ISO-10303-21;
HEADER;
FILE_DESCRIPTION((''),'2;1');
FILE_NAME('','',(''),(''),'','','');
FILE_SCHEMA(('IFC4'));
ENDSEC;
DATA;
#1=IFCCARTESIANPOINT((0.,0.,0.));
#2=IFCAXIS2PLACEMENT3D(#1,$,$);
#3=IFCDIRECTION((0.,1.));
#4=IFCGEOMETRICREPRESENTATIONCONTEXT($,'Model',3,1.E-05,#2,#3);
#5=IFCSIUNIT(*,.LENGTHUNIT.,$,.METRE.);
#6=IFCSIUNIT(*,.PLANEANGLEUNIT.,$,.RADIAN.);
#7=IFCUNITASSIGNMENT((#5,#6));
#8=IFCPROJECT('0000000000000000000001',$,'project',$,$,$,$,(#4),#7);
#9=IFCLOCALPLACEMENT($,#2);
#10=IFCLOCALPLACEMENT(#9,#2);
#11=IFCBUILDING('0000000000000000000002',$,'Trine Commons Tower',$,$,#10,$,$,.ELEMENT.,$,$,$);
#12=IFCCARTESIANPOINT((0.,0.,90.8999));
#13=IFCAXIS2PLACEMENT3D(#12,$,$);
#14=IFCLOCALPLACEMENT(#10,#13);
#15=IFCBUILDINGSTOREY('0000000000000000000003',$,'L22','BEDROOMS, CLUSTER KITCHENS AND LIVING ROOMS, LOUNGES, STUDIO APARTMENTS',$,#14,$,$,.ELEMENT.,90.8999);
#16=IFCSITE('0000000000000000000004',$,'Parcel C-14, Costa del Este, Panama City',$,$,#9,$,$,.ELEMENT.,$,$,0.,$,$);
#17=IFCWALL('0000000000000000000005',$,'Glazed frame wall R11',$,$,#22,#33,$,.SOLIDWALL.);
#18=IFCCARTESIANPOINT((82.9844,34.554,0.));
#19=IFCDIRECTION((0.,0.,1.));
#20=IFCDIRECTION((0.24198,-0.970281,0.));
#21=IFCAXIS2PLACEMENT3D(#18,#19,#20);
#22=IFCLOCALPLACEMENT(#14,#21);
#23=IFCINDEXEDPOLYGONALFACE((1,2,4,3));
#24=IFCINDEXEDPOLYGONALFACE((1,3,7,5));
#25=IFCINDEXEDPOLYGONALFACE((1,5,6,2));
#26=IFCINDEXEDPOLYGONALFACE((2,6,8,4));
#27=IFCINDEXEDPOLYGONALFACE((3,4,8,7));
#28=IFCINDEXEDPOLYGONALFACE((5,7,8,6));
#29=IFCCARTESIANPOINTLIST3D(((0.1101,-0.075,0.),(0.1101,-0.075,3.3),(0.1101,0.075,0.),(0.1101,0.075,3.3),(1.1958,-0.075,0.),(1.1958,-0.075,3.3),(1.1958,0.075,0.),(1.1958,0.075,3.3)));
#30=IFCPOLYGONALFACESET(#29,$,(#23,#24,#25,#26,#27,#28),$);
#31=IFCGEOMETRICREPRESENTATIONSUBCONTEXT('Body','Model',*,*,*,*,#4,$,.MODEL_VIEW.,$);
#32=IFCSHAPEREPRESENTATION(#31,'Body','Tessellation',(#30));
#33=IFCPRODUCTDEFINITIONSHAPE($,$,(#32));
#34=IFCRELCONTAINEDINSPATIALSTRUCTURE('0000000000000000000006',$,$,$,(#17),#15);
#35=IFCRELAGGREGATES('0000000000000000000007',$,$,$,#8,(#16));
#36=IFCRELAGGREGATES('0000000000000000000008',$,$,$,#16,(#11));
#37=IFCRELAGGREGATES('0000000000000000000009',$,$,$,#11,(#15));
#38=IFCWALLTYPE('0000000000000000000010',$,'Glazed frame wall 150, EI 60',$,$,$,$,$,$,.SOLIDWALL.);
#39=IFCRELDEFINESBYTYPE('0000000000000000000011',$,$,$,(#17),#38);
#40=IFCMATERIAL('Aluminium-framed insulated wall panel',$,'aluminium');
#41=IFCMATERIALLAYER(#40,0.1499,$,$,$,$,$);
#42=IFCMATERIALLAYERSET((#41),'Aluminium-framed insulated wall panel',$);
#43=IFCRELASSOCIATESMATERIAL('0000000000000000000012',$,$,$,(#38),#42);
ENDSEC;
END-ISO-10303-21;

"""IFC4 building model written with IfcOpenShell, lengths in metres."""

from ifc_helpers import new_model, si_unit, direction, frame, origin, place, context, subcontext, project, spatial, polyline, outline, extrude, material, layer, layer_set, type_object, element, save


model = new_model("IFC4")

# Units and contexts
model_context = context("Model", 3, precision=1e-05, world=origin(), true_north=direction((0.0, 1.0)))
body_context = subcontext(model_context, "Body", "Model", "MODEL_VIEW")
ifc_project = project(units=[si_unit("LENGTHUNIT", "METRE"), si_unit("PLANEANGLEUNIT", "RADIAN")], contexts=[model_context])

# Site, building, storey
site_placement = place(None, origin())
site = spatial("IfcSite", under=ifc_project, at=site_placement, Name="Parcel C-14, Costa del Este, Panama City", CompositionType="ELEMENT", RefElevation=0.0)
building_placement = place(site_placement, origin())
building = spatial("IfcBuilding", under=site, at=building_placement, Name="Trine Commons Tower", CompositionType="ELEMENT")
storey_placement = place(building_placement, frame((0.0, 0.0, 90.8999)))
storey = spatial("IfcBuildingStorey", under=building, at=storey_placement, Name="L22", Description="BEDROOMS, CLUSTER KITCHENS AND LIVING ROOMS, LOUNGES, STUDIO APARTMENTS", CompositionType="ELEMENT", Elevation=90.8999)

# Wall
ifc_material_1 = material(Name="Aluminium-framed insulated wall panel", Category="aluminium")
ifc_layer_1 = layer(ifc_material_1, 0.1499)
ifc_layer_set_1 = layer_set([ifc_layer_1], Name="Aluminium-framed insulated wall panel")
wall_type_1 = type_object("IfcWallType", Name="Glazed frame wall 150, EI 60", PredefinedType="SOLIDWALL", material=ifc_layer_set_1)
wall_1_placement = place(storey_placement, frame((82.9844, 34.554, 0.0), z_axis=(0.0, 0.0, 1.0), x_axis=(0.24198, -0.970281, 0.0)))
element("IfcWall", 1, at=wall_1_placement, inside=storey, type_object=wall_type_1, Name="Glazed frame wall R11", PredefinedType="SOLIDWALL", context=body_context, shape_type="SweptSolid", body=[
    extrude(outline(polyline([(0.1101, 0.075), (0.1101, -0.075), (1.1958, -0.075), (1.1958, 0.075), (0.1101, 0.075)])), origin(), (0.0, 0.0, 1.0), 3.3),
])

save(model, "model.ifc")
